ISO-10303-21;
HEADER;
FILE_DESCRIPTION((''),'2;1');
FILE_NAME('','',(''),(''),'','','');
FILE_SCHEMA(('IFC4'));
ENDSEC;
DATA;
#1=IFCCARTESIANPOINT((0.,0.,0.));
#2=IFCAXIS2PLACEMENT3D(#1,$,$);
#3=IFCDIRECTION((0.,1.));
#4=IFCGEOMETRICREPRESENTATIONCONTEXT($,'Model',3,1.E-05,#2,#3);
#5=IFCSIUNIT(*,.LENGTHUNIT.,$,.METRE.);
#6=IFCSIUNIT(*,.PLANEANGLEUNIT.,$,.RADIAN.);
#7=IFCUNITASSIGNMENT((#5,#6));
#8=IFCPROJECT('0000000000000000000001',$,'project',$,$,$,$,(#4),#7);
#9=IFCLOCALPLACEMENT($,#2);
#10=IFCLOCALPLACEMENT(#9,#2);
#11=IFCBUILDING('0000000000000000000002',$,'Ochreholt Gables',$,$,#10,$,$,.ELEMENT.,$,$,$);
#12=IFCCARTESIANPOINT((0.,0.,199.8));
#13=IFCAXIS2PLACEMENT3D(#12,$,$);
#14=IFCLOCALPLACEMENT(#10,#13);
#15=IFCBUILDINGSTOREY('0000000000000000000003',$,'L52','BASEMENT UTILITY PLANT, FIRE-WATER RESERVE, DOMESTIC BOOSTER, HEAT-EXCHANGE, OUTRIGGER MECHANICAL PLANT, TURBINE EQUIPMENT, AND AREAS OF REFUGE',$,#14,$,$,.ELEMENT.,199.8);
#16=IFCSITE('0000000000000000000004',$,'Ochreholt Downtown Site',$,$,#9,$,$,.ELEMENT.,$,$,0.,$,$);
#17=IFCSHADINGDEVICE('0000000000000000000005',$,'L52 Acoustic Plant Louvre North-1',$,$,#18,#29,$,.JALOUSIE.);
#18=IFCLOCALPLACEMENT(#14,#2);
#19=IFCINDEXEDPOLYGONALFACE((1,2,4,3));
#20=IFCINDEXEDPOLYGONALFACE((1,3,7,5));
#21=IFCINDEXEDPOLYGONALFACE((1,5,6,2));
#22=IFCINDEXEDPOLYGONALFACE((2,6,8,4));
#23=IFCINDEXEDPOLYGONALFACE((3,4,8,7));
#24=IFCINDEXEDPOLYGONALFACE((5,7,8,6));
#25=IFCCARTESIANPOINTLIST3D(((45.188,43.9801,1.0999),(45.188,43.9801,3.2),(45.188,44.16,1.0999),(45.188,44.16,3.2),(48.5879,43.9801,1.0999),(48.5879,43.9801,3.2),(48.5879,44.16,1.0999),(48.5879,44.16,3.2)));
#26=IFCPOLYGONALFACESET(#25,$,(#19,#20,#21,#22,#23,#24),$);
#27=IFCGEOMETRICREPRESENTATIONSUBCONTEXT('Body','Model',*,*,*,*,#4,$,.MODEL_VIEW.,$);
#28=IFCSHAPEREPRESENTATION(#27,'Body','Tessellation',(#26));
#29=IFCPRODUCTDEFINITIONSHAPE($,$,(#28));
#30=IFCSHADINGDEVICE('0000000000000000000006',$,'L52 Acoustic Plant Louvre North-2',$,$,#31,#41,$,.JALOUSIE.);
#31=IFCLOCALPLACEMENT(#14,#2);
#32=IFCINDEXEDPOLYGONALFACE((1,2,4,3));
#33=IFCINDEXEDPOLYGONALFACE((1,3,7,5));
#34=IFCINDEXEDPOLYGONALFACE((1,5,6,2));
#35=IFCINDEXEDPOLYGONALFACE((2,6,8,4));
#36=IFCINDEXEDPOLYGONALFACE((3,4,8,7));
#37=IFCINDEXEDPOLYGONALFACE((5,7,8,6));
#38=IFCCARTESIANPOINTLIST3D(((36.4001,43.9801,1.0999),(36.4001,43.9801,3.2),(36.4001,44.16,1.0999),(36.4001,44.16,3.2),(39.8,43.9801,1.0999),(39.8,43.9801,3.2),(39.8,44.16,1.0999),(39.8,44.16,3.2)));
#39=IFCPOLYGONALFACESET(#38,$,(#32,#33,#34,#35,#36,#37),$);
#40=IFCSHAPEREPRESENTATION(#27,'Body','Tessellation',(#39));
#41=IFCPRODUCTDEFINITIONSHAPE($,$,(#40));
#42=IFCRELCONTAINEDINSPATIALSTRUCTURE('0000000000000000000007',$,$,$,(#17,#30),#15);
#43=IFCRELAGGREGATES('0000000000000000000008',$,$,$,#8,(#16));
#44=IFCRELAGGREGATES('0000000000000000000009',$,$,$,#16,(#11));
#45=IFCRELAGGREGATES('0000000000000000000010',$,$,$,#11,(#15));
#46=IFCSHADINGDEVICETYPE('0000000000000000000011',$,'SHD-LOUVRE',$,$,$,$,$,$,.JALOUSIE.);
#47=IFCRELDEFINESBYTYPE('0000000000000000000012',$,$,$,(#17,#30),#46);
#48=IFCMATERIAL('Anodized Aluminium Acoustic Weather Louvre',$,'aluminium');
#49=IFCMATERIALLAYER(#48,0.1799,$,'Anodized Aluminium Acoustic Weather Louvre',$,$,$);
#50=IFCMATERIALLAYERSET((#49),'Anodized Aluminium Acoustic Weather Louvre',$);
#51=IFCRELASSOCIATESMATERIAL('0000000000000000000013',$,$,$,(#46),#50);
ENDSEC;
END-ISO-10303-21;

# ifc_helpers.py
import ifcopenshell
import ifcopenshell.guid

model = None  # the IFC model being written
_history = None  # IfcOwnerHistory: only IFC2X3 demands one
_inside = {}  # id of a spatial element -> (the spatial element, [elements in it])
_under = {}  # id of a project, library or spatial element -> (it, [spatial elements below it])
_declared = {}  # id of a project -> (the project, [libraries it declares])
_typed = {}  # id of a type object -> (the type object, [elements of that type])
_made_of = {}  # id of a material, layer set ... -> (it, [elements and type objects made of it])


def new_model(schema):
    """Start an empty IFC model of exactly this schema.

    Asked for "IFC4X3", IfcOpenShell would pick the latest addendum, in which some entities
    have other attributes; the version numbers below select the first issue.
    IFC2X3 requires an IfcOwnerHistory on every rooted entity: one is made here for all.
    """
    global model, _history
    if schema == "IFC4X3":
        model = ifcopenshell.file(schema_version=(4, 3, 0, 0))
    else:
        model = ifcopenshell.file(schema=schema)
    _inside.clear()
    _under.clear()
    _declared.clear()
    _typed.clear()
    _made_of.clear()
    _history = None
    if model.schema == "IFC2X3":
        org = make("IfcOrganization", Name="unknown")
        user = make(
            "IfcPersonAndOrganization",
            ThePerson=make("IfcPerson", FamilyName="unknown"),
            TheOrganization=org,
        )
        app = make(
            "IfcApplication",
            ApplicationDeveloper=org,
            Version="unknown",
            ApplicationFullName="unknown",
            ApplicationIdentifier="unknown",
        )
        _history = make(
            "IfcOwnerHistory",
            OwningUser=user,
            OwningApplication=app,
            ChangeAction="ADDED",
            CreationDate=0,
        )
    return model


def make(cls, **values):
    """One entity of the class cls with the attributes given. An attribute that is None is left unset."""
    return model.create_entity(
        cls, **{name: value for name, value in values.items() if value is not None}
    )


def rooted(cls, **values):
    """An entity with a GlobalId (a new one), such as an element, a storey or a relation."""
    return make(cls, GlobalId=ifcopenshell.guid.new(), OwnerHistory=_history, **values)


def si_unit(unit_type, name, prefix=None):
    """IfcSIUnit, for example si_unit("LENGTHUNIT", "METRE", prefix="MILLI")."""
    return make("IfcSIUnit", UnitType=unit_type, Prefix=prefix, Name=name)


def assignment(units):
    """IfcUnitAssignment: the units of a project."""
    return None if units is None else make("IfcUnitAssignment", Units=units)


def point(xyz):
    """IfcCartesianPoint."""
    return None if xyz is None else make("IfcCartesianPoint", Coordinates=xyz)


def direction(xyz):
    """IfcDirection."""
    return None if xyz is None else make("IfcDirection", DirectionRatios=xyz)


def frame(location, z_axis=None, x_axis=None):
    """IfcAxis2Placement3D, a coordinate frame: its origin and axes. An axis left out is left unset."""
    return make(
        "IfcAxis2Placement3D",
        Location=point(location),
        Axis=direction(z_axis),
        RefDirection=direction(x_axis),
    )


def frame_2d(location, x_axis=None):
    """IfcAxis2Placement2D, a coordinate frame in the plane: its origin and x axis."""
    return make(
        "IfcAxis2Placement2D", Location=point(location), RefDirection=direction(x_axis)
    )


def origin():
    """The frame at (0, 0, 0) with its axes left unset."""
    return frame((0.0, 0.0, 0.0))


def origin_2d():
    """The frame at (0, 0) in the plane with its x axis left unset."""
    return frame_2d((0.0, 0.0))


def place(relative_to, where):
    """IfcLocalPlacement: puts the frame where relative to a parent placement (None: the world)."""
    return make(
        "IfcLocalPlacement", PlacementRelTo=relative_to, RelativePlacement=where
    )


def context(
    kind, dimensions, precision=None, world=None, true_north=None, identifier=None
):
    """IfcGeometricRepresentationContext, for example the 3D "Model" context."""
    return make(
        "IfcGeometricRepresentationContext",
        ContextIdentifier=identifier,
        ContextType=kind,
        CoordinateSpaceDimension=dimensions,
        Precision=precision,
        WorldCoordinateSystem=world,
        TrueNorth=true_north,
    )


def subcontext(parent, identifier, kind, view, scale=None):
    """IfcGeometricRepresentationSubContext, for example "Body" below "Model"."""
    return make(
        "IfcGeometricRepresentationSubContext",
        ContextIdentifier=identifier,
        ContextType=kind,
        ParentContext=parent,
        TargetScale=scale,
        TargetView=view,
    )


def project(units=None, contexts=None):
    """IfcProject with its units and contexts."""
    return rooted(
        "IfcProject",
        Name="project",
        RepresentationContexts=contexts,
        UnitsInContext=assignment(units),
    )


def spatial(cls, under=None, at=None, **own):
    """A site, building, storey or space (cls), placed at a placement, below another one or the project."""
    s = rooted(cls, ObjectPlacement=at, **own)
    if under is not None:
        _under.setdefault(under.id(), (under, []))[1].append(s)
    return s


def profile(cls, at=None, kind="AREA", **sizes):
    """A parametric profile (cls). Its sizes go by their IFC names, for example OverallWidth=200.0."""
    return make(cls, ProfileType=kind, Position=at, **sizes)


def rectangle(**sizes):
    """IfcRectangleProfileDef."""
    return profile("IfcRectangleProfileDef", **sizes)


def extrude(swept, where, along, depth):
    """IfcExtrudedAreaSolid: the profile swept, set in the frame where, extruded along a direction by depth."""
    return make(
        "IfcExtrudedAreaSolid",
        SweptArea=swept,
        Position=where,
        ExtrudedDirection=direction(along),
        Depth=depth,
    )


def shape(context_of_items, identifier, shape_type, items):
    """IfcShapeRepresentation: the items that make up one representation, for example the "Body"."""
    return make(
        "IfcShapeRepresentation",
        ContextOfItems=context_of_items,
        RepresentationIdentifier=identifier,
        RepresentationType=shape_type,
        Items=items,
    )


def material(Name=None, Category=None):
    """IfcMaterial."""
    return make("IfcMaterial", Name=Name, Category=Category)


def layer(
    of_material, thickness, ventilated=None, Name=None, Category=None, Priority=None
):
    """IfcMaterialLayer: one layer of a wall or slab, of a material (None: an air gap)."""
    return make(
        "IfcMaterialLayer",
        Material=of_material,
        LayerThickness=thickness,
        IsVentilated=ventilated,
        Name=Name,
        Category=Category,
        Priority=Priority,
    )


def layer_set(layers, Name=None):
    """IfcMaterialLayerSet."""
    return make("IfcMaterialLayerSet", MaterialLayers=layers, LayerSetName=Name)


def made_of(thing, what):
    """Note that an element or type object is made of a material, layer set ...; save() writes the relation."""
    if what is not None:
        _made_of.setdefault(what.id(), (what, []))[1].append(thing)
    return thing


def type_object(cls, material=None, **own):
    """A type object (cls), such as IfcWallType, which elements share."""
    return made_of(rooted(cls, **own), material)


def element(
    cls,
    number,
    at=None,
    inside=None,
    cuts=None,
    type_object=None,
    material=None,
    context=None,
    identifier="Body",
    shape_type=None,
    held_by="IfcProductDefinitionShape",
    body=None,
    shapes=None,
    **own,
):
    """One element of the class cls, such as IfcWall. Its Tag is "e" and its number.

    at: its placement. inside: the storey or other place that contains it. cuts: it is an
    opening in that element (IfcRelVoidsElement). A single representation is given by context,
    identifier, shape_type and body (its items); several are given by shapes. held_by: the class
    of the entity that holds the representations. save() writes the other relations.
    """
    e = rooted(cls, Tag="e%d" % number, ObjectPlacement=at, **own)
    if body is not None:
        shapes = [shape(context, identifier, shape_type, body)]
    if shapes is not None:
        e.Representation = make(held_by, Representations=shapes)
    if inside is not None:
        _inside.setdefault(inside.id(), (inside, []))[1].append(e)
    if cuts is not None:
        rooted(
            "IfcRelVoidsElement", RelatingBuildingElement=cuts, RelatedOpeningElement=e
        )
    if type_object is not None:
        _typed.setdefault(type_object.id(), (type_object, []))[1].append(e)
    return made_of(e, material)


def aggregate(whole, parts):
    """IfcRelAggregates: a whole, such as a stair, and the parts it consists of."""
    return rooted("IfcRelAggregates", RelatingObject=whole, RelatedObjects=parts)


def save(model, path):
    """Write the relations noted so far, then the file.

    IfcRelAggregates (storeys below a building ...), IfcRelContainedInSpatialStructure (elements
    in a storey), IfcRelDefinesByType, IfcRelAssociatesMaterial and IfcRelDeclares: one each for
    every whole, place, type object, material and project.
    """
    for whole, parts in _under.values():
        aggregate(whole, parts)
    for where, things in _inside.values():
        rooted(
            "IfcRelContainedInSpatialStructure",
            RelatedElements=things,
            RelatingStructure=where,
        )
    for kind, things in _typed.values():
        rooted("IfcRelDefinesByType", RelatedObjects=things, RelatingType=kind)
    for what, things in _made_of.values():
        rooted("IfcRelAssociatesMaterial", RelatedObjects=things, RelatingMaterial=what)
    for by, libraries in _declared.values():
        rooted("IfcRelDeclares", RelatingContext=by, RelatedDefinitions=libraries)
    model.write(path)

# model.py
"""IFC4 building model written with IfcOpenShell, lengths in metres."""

from ifc_helpers import new_model, si_unit, direction, frame, origin, origin_2d, place, context, subcontext, project, spatial, rectangle, extrude, material, layer, layer_set, type_object, element, save


model = new_model("IFC4")

# Units and contexts
model_context = context("Model", 3, precision=1e-05, world=origin(), true_north=direction((0.0, 1.0)))
body_context = subcontext(model_context, "Body", "Model", "MODEL_VIEW")
ifc_project = project(units=[si_unit("LENGTHUNIT", "METRE"), si_unit("PLANEANGLEUNIT", "RADIAN")], contexts=[model_context])

# Site, building, storey
site_placement = place(None, origin())
site = spatial("IfcSite", under=ifc_project, at=site_placement, Name="Ochreholt Downtown Site", CompositionType="ELEMENT", RefElevation=0.0)
building_placement = place(site_placement, origin())
building = spatial("IfcBuilding", under=site, at=building_placement, Name="Ochreholt Gables", CompositionType="ELEMENT")
storey_placement = place(building_placement, frame((0.0, 0.0, 199.8)))
storey = spatial("IfcBuildingStorey", under=building, at=storey_placement, Name="L52", Description="BASEMENT UTILITY PLANT, FIRE-WATER RESERVE, DOMESTIC BOOSTER, HEAT-EXCHANGE, OUTRIGGER MECHANICAL PLANT, TURBINE EQUIPMENT, AND AREAS OF REFUGE", CompositionType="ELEMENT", Elevation=199.8)

# Shading devices
ifc_material_1 = material(Name="Anodized Aluminium Acoustic Weather Louvre", Category="aluminium")
ifc_layer_1 = layer(ifc_material_1, 0.1799, Name="Anodized Aluminium Acoustic Weather Louvre")
ifc_layer_set_1 = layer_set([ifc_layer_1], Name="Anodized Aluminium Acoustic Weather Louvre")
shading_device_type = type_object("IfcShadingDeviceType", Name="SHD-LOUVRE", PredefinedType="JALOUSIE", material=ifc_layer_set_1)
for number, where, z_axis, x_axis, name in (
    (1, (46.8879, 44.0701, 1.0999), (0.0, 0.0, 1.0), (-1.0, 0.0, 0.0), "L52 Acoustic Plant Louvre North-1"),
    (2, (38.1001, 44.0701, 1.0999), (0.0, 0.0, 1.0), (-1.0, 0.0, 0.0), "L52 Acoustic Plant Louvre North-2"),
):
    element("IfcShadingDevice", number, at=place(storey_placement, frame(where, z_axis=z_axis, x_axis=x_axis)), inside=storey, type_object=shading_device_type, Name=name, PredefinedType="JALOUSIE", context=body_context, shape_type="SweptSolid", body=[
        extrude(rectangle(XDim=3.3999, YDim=0.1799, at=origin_2d()), origin(), (0.0, 0.0, 1.0), 2.1001),
    ])

save(model, "model.ifc")
